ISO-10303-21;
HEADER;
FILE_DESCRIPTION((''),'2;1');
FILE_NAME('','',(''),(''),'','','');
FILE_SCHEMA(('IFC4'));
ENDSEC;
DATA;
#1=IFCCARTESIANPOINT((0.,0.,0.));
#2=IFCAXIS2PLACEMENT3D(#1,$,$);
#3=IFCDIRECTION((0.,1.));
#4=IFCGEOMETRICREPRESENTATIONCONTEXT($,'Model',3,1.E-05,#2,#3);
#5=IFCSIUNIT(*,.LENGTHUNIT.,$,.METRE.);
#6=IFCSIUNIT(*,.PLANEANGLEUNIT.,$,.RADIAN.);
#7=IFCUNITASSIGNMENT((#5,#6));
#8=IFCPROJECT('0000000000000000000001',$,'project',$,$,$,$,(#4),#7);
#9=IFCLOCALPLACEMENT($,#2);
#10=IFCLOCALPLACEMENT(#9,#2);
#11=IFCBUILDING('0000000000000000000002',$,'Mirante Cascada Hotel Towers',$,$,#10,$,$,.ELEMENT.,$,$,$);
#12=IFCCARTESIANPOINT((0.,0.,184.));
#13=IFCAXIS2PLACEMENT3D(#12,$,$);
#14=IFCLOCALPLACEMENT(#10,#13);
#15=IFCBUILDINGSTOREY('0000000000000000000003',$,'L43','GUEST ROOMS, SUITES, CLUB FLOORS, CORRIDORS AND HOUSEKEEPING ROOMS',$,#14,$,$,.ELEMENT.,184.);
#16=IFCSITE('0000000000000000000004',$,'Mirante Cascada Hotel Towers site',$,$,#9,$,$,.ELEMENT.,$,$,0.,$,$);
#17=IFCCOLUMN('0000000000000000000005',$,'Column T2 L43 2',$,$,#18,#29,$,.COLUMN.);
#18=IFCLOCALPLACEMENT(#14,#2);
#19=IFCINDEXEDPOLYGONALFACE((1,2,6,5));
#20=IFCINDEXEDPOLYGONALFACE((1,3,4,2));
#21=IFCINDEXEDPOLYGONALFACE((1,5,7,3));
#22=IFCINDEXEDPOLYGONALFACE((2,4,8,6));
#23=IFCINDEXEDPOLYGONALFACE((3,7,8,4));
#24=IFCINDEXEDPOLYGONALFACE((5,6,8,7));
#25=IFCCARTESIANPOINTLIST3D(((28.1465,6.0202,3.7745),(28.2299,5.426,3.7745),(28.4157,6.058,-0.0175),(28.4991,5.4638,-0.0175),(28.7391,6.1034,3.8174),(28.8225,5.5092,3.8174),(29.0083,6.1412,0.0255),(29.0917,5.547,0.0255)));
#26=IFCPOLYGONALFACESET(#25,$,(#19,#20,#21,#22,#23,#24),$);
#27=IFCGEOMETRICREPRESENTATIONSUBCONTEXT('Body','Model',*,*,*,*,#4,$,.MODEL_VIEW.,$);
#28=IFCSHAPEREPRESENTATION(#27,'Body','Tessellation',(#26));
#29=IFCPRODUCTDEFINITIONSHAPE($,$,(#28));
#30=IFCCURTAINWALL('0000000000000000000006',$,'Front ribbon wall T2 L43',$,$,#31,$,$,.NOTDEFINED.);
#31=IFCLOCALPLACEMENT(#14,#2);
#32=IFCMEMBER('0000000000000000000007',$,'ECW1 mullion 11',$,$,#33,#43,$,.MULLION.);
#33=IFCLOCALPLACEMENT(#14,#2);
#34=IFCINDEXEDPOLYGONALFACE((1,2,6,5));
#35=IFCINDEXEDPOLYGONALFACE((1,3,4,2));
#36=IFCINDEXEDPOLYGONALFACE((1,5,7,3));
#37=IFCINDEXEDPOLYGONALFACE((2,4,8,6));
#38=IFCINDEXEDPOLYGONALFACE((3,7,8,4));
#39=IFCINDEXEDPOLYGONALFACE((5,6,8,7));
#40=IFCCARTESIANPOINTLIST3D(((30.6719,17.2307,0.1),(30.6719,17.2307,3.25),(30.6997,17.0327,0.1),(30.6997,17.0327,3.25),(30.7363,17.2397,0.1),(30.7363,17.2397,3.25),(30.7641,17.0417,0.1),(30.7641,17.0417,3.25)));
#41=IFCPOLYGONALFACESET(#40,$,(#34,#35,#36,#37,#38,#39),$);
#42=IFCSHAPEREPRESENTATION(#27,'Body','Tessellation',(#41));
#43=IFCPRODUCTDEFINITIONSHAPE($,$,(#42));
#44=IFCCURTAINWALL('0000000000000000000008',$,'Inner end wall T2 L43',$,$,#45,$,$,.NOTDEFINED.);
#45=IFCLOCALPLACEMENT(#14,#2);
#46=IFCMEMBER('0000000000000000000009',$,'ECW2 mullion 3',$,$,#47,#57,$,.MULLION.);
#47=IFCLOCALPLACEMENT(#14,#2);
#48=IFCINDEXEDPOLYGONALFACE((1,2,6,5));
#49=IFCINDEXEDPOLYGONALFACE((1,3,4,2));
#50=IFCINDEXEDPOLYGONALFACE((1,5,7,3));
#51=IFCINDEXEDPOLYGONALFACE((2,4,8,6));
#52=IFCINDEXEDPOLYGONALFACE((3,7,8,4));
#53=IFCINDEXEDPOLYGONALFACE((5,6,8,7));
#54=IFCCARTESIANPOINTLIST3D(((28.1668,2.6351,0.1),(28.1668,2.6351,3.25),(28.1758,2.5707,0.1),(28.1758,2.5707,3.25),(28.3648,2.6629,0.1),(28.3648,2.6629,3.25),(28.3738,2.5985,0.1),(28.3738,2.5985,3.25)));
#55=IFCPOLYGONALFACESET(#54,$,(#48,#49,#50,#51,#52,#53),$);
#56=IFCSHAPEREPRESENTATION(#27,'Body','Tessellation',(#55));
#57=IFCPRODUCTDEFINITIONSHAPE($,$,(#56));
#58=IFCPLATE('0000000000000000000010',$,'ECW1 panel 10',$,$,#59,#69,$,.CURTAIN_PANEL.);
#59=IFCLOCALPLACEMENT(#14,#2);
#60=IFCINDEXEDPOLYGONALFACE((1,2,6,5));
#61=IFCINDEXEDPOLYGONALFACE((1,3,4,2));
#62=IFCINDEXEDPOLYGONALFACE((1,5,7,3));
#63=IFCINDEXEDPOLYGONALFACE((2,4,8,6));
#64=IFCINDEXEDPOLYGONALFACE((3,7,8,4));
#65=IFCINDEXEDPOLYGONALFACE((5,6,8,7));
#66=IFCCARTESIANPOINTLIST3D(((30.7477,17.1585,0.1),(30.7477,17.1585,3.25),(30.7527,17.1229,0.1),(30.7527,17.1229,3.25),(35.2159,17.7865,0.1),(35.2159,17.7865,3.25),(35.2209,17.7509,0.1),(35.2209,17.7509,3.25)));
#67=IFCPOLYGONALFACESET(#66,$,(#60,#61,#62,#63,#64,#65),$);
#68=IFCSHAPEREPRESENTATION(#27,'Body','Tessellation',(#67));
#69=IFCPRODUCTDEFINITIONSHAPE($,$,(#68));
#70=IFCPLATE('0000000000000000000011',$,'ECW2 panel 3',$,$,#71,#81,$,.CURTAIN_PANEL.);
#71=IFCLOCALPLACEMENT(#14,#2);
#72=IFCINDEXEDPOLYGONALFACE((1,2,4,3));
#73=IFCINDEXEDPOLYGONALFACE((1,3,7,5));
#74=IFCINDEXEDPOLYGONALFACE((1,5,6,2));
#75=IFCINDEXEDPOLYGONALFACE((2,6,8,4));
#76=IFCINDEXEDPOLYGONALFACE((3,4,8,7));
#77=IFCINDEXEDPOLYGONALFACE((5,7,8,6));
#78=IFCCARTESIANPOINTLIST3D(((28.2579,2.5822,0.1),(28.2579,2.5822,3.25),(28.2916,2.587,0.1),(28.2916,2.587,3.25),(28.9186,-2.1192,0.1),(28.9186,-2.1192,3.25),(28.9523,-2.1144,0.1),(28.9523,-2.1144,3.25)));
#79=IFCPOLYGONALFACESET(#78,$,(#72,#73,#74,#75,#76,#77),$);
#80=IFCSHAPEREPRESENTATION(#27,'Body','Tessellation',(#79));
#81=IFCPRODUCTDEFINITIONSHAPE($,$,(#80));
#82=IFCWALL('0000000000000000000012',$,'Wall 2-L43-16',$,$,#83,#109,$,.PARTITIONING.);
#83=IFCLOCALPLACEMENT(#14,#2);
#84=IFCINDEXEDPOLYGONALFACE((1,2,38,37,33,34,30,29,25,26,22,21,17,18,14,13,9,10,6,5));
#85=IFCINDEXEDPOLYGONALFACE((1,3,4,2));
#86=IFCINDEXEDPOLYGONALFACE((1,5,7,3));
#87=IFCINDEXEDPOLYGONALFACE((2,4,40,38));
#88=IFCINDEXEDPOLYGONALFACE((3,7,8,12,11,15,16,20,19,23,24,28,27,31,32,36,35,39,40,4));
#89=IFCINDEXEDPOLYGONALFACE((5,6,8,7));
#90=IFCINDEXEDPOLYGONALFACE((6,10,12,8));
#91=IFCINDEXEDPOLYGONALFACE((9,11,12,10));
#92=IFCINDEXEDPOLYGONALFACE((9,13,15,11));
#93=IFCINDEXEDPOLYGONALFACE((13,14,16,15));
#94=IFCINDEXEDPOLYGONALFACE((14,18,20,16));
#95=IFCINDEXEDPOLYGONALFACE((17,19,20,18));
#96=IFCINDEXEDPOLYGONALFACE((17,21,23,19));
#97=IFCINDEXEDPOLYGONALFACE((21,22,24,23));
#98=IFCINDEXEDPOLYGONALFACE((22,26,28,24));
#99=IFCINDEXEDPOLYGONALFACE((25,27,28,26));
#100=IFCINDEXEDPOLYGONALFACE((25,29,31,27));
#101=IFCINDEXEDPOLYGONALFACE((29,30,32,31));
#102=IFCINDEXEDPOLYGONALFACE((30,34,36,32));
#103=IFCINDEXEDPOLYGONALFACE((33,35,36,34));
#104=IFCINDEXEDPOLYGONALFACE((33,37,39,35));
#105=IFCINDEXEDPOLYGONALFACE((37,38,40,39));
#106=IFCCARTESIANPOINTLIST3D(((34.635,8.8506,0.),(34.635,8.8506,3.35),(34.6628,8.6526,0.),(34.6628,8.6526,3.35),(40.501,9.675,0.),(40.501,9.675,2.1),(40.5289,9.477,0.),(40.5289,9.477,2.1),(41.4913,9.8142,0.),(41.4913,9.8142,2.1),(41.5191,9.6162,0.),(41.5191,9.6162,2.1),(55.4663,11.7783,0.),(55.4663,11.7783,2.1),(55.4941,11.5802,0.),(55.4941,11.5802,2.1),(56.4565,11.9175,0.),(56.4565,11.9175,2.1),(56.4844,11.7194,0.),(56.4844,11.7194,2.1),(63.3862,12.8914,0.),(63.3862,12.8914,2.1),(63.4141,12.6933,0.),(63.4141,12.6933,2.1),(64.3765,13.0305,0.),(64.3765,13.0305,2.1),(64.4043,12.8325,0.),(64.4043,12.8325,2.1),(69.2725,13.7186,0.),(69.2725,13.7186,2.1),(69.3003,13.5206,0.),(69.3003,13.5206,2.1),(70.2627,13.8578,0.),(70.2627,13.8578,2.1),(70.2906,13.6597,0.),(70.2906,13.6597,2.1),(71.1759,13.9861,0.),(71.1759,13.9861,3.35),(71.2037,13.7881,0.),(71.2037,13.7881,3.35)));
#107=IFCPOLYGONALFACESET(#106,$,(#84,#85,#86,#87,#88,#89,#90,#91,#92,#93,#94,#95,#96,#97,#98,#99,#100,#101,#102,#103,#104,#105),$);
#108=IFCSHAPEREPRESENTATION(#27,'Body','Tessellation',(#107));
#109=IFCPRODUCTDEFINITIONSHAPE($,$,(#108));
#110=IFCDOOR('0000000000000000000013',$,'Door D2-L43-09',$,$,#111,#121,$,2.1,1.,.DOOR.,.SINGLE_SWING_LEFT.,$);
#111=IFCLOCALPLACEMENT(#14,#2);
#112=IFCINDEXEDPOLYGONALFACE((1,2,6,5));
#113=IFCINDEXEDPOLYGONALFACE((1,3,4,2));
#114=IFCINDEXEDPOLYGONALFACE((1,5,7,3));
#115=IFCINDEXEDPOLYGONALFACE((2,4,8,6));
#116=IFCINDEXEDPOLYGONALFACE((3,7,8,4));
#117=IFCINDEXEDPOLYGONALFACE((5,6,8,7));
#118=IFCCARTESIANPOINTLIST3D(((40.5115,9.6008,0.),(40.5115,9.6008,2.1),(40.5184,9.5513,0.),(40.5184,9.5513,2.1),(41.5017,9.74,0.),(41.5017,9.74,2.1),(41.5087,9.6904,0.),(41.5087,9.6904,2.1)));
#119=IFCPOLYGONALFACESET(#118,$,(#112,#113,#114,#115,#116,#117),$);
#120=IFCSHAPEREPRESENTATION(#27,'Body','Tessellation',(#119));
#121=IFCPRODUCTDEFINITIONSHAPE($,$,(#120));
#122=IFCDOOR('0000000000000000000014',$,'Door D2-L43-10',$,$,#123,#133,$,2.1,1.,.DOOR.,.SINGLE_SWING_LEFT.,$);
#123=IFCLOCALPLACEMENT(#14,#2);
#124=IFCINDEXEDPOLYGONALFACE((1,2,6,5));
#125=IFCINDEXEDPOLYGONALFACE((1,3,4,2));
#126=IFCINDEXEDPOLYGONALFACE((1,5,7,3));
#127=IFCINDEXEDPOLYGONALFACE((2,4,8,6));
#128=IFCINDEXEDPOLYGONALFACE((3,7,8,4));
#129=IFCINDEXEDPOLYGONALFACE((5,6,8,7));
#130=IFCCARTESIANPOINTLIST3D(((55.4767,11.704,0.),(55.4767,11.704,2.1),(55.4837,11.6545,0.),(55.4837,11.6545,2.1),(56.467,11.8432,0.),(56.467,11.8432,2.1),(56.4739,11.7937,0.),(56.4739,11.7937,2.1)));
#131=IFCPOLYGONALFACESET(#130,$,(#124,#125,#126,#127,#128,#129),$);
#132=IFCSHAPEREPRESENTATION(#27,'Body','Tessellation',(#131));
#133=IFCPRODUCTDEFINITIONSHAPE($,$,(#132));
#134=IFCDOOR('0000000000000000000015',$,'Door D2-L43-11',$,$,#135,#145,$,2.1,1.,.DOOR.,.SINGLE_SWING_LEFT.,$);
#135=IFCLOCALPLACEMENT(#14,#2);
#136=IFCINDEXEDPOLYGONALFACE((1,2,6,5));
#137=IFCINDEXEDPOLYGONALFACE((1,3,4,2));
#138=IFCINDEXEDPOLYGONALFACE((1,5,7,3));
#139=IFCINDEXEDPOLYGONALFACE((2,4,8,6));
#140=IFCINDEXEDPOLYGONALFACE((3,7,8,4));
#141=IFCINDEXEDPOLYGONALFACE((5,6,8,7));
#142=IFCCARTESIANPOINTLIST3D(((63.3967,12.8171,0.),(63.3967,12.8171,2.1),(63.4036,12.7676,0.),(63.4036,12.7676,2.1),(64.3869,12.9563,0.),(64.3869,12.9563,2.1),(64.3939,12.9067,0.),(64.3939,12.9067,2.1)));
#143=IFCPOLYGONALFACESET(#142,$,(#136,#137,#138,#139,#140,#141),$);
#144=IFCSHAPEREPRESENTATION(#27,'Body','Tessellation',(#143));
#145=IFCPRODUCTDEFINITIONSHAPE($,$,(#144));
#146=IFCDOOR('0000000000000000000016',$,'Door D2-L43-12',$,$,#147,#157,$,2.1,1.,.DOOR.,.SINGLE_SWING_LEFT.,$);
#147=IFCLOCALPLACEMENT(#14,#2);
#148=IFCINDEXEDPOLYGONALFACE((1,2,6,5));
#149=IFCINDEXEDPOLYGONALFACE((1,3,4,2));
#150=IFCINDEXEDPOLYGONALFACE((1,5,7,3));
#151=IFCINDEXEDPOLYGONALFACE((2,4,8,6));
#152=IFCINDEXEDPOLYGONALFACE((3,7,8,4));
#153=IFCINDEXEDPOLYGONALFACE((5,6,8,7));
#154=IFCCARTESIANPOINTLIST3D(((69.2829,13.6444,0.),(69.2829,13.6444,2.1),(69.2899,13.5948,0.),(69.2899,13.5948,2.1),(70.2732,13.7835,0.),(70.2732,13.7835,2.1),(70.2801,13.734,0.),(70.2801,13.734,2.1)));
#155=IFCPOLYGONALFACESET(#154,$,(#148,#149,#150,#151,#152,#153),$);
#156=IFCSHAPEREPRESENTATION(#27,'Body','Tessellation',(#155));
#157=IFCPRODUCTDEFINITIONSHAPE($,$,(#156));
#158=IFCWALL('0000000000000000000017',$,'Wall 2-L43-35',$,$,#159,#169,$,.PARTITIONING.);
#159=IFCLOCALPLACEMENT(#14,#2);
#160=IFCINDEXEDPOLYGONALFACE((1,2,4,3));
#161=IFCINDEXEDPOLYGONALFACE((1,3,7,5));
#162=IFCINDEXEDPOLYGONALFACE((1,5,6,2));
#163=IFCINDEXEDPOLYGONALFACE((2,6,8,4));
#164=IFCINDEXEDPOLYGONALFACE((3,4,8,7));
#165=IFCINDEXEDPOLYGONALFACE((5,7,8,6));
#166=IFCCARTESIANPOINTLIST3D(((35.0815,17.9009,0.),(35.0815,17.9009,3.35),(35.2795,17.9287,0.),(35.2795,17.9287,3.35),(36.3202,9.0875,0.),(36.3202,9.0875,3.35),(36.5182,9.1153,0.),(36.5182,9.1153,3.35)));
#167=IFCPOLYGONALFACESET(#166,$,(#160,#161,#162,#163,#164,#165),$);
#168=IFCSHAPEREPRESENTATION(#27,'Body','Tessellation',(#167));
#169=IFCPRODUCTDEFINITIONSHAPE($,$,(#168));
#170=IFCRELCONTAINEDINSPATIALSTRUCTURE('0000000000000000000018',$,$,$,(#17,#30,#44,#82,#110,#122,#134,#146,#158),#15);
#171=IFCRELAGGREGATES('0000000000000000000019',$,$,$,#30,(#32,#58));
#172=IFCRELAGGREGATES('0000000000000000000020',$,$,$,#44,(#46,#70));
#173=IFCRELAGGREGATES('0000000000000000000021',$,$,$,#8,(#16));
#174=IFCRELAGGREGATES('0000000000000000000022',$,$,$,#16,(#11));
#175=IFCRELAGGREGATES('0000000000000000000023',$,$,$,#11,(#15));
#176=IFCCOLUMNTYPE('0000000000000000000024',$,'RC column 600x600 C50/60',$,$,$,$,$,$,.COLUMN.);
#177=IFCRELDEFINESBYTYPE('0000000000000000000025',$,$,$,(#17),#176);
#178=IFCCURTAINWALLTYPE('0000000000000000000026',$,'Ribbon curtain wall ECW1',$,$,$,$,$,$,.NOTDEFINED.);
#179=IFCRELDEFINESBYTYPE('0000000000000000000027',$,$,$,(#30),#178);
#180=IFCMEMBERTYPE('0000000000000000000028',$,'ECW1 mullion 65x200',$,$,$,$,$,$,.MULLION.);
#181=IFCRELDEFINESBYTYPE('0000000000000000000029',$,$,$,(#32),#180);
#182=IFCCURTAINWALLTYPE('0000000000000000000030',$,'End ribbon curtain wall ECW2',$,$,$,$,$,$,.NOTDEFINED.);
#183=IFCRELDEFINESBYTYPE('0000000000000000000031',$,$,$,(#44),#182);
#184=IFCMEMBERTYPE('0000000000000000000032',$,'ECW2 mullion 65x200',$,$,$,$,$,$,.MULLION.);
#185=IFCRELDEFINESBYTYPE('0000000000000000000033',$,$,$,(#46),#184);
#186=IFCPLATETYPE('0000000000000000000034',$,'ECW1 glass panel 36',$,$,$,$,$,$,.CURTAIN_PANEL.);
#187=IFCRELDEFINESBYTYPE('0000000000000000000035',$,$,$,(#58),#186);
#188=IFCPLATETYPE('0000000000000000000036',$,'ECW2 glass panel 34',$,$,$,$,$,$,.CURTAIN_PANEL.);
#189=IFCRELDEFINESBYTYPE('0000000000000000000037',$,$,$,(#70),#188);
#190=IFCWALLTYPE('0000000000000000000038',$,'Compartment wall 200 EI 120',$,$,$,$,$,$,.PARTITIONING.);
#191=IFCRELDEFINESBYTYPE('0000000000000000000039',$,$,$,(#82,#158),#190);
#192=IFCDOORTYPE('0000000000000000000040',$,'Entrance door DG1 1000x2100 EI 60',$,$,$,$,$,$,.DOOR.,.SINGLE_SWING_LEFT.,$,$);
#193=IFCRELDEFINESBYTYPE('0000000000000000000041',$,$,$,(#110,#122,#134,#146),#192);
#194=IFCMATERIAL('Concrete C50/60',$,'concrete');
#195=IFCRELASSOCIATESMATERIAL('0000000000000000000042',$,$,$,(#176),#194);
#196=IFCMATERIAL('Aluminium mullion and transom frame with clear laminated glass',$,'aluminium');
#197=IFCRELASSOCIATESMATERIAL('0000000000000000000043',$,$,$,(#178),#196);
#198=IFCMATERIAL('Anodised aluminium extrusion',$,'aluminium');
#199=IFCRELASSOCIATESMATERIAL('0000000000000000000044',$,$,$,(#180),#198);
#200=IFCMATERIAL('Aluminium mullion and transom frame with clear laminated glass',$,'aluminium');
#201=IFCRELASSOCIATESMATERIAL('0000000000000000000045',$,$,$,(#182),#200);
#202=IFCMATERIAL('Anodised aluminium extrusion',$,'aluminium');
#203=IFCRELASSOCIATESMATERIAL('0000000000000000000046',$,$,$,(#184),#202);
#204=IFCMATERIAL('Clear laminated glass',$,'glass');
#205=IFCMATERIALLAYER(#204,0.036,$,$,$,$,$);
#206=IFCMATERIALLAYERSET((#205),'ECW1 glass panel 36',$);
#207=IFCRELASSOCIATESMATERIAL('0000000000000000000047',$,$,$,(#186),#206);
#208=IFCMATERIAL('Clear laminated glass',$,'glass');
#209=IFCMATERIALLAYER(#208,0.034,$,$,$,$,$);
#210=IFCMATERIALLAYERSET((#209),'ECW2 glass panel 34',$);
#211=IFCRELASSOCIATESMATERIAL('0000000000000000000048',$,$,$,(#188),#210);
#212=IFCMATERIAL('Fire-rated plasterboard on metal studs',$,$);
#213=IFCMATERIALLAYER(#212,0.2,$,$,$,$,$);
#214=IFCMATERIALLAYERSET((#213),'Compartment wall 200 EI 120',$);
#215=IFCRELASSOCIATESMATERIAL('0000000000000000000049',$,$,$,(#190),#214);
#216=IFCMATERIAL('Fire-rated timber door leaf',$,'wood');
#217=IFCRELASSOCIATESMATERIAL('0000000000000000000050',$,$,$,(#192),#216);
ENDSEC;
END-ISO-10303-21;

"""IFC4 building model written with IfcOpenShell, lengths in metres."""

from ifc_helpers import new_model, si_unit, direction, frame, frame_2d, origin, origin_2d, place, context, subcontext, project, spatial, rectangle, extrude, material, layer, layer_set, material_profile, profile_set, type_object, element, fill, aggregate, save


model = new_model("IFC4")

# Units and contexts
model_context = context("Model", 3, precision=1e-05, world=origin(), true_north=direction((0.0, 1.0)))
body_context = subcontext(model_context, "Body", "Model", "MODEL_VIEW")
ifc_project = project(units=[si_unit("LENGTHUNIT", "METRE"), si_unit("PLANEANGLEUNIT", "RADIAN")], contexts=[model_context])

# Site, building, storey
site_placement = place(None, origin())
site = spatial("IfcSite", under=ifc_project, at=site_placement, Name="Mirante Cascada Hotel Towers site", CompositionType="ELEMENT", RefElevation=0.0)
building_placement = place(site_placement, origin())
building = spatial("IfcBuilding", under=site, at=building_placement, Name="Mirante Cascada Hotel Towers", CompositionType="ELEMENT")
storey_placement = place(building_placement, frame((0.0, 0.0, 184.0)))
storey = spatial("IfcBuildingStorey", under=building, at=storey_placement, Name="L43", Description="GUEST ROOMS, SUITES, CLUB FLOORS, CORRIDORS AND HOUSEKEEPING ROOMS", CompositionType="ELEMENT", Elevation=184.0)

# Column
ifc_material_1 = material(Name="Concrete C50/60", Category="concrete")
ifc_material_profile_1 = material_profile(ifc_material_1, rectangle(XDim=0.6, YDim=0.6, at=origin_2d()), Name="RC column 600x600 C50/60")
ifc_profile_set_1 = profile_set([ifc_material_profile_1], Name="Concrete C50/60")
column_type = type_object("IfcColumnType", Name="RC column 600x600 C50/60", PredefinedType="COLUMN", material=ifc_profile_set_1)
column_placement = place(storey_placement, frame((28.7537, 5.8025, 0.004), z_axis=(-0.07081, -0.009943, 0.99744), x_axis=(0.139052, -0.990285, 0.0)))
element("IfcColumn", 1, at=column_placement, inside=storey, type_object=column_type, Name="Column T2 L43 2", PredefinedType="COLUMN", context=body_context, shape_type="SweptSolid", body=[
    extrude(rectangle(XDim=0.6, YDim=0.6, at=origin_2d()), origin(), (0.0, 0.0, 1.0), 3.8017),
])

# Curtain walls, members
ifc_material_2 = material(Name="Aluminium mullion and transom frame with clear laminated glass", Category="aluminium")
curtain_wall_type_1 = type_object("IfcCurtainWallType", Name="Ribbon curtain wall ECW1", PredefinedType="NOTDEFINED", material=ifc_material_2)
curtain_wall_1_placement = place(storey_placement, origin())
curtain_wall_1 = element("IfcCurtainWall", 2, at=curtain_wall_1_placement, inside=storey, type_object=curtain_wall_type_1, Name="Front ribbon wall T2 L43", PredefinedType="NOTDEFINED")
ifc_material_3 = material(Name="Anodised aluminium extrusion", Category="aluminium")
ifc_material_profile_2 = material_profile(ifc_material_3, rectangle(XDim=0.2, YDim=0.065, at=origin_2d()), Name="ECW1 MULLION 65x200")
ifc_profile_set_2 = profile_set([ifc_material_profile_2], Name="Anodised aluminium extrusion")
member_type_1 = type_object("IfcMemberType", Name="ECW1 mullion 65x200", PredefinedType="MULLION", material=ifc_profile_set_2)
member_1_placement = place(storey_placement, frame((30.718, 17.1362, 0.1), z_axis=(0.0, 0.0, 1.0), x_axis=(0.139173, -0.990268, 0.0)))
member_1 = element("IfcMember", 3, at=member_1_placement, type_object=member_type_1, Name="ECW1 mullion 11", PredefinedType="MULLION", context=body_context, shape_type="SweptSolid", body=[
    extrude(rectangle(XDim=0.2, YDim=0.065, at=origin_2d()), origin(), (0.0, 0.0, 1.0), 3.15),
])
ifc_material_4 = material(Name="Aluminium mullion and transom frame with clear laminated glass", Category="aluminium")
curtain_wall_type_2 = type_object("IfcCurtainWallType", Name="End ribbon curtain wall ECW2", PredefinedType="NOTDEFINED", material=ifc_material_4)
curtain_wall_2_placement = place(storey_placement, origin())
curtain_wall_2 = element("IfcCurtainWall", 4, at=curtain_wall_2_placement, inside=storey, type_object=curtain_wall_type_2, Name="Inner end wall T2 L43", PredefinedType="NOTDEFINED")
ifc_material_5 = material(Name="Anodised aluminium extrusion", Category="aluminium")
ifc_material_profile_3 = material_profile(ifc_material_5, rectangle(XDim=0.2, YDim=0.065, at=origin_2d()), Name="ECW2 MULLION 65x200")
ifc_profile_set_3 = profile_set([ifc_material_profile_3], Name="Anodised aluminium extrusion")
member_type_2 = type_object("IfcMemberType", Name="ECW2 mullion 65x200", PredefinedType="MULLION", material=ifc_profile_set_3)
member_2_placement = place(storey_placement, frame((28.2703, 2.6168, 0.1), z_axis=(0.0, 0.0, 1.0), x_axis=(0.990268, 0.139173, 0.0)))
member_2 = element("IfcMember", 5, at=member_2_placement, type_object=member_type_2, Name="ECW2 mullion 3", PredefinedType="MULLION", context=body_context, shape_type="SweptSolid", body=[
    extrude(rectangle(XDim=0.2, YDim=0.065, at=origin_2d()), origin(), (0.0, 0.0, 1.0), 3.15),
])

# Plates
ifc_material_6 = material(Name="Clear laminated glass", Category="glass")
ifc_layer_1 = layer(ifc_material_6, 0.036)
ifc_layer_set_1 = layer_set([ifc_layer_1], Name="ECW1 glass panel 36")
plate_type_1 = type_object("IfcPlateType", Name="ECW1 glass panel 36", PredefinedType="CURTAIN_PANEL", material=ifc_layer_set_1)
plate_1_placement = place(storey_placement, frame((32.9843, 17.4547, 0.1), z_axis=(0.0, 0.0, 1.0), x_axis=(-0.990268, -0.139173, 0.0)))
plate_1 = element("IfcPlate", 6, at=plate_1_placement, type_object=plate_type_1, Name="ECW1 panel 10", PredefinedType="CURTAIN_PANEL", context=body_context, shape_type="SweptSolid", body=[
    extrude(rectangle(XDim=4.5121, YDim=0.036, at=origin_2d()), origin(), (0.0, 0.0, 1.0), 3.15),
])
aggregate(curtain_wall_1, [member_1, plate_1])
ifc_material_7 = material(Name="Clear laminated glass", Category="glass")
ifc_layer_2 = layer(ifc_material_7, 0.034)
ifc_layer_set_2 = layer_set([ifc_layer_2], Name="ECW2 glass panel 34")
plate_type_2 = type_object("IfcPlateType", Name="ECW2 glass panel 34", PredefinedType="CURTAIN_PANEL", material=ifc_layer_set_2)
plate_2_placement = place(storey_placement, frame((28.6051, 0.2339, 0.1), z_axis=(0.0, 0.0, 1.0), x_axis=(0.139173, -0.990268, 0.0)))
plate_2 = element("IfcPlate", 7, at=plate_2_placement, type_object=plate_type_2, Name="ECW2 panel 3", PredefinedType="CURTAIN_PANEL", context=body_context, shape_type="SweptSolid", body=[
    extrude(rectangle(XDim=4.7476, YDim=0.034, at=origin_2d()), origin(), (0.0, 0.0, 1.0), 3.15),
])
aggregate(curtain_wall_2, [member_2, plate_2])

# Wall, openings, doors
ifc_material_8 = material(Name="Fire-rated plasterboard on metal studs")
ifc_layer_3 = layer(ifc_material_8, 0.2)
ifc_layer_set_3 = layer_set([ifc_layer_3], Name="Compartment wall 200 EI 120")
wall_type_1 = type_object("IfcWallType", Name="Compartment wall 200 EI 120", PredefinedType="PARTITIONING", material=ifc_layer_set_3)
wall_1_placement = place(storey_placement, frame((34.6489, 8.7516, 0.0), z_axis=(0.0, 0.0, 1.0), x_axis=(0.990268, 0.139173, 0.0)))
wall_1 = element("IfcWall", 8, at=wall_1_placement, inside=storey, type_object=wall_type_1, Name="Wall 2-L43-16", PredefinedType="PARTITIONING", context=body_context, shape_type="SweptSolid", body=[
    extrude(rectangle(XDim=36.9, YDim=0.2, at=frame_2d((18.45, 0.0))), origin(), (0.0, 0.0, 1.0), 3.35),
])
opening_1_placement = place(wall_1_placement, frame((5.9237, 0.0, 0.0)))
opening_1 = element("IfcOpeningElement", 9, at=opening_1_placement, cuts=wall_1, PredefinedType="OPENING", context=body_context, shape_type="SweptSolid", body=[
    extrude(rectangle(XDim=1.0, YDim=2.1, at=frame_2d((0.5, 1.05))), frame((0.0, 0.1, 0.0), z_axis=(0.0, -1.0, 0.0), x_axis=(1.0, 0.0, 0.0)), (0.0, 0.0, 1.0), 0.2),
])
opening_2_placement = place(wall_1_placement, frame((21.036, 0.0, 0.0)))
opening_2 = element("IfcOpeningElement", 10, at=opening_2_placement, cuts=wall_1, PredefinedType="OPENING", context=body_context, shape_type="SweptSolid", body=[
    extrude(rectangle(XDim=1.0, YDim=2.1, at=frame_2d((0.5, 1.05))), frame((0.0, 0.1, 0.0), z_axis=(0.0, -1.0, 0.0), x_axis=(1.0, 0.0, 0.0)), (0.0, 0.0, 1.0), 0.2),
])
opening_3_placement = place(wall_1_placement, frame((29.0338, 0.0, 0.0)))
opening_3 = element("IfcOpeningElement", 11, at=opening_3_placement, cuts=wall_1, PredefinedType="OPENING", context=body_context, shape_type="SweptSolid", body=[
    extrude(rectangle(XDim=1.0, YDim=2.1, at=frame_2d((0.5, 1.05))), frame((0.0, 0.1, 0.0), z_axis=(0.0, -1.0, 0.0), x_axis=(1.0, 0.0, 0.0)), (0.0, 0.0, 1.0), 0.2),
])
opening_4_placement = place(wall_1_placement, frame((34.9779, 0.0, 0.0)))
opening_4 = element("IfcOpeningElement", 12, at=opening_4_placement, cuts=wall_1, PredefinedType="OPENING", context=body_context, shape_type="SweptSolid", body=[
    extrude(rectangle(XDim=1.0, YDim=2.1, at=frame_2d((0.5, 1.05))), frame((0.0, 0.1, 0.0), z_axis=(0.0, -1.0, 0.0), x_axis=(1.0, 0.0, 0.0)), (0.0, 0.0, 1.0), 0.2),
])
ifc_material_9 = material(Name="Fire-rated timber door leaf", Category="wood")
door_type_1 = type_object("IfcDoorType", Name="Entrance door DG1 1000x2100 EI 60", OperationType="SINGLE_SWING_LEFT", PredefinedType="DOOR", material=ifc_material_9)
door_1_placement = place(opening_1_placement, origin())
door_1 = element("IfcDoor", 13, at=door_1_placement, inside=storey, type_object=door_type_1, Name="Door D2-L43-09", OperationType="SINGLE_SWING_LEFT", OverallHeight=2.1, OverallWidth=1.0, PredefinedType="DOOR", context=body_context, shape_type="SweptSolid", body=[
    extrude(rectangle(XDim=1.0, YDim=2.1, at=frame_2d((0.5, 1.05))), frame((0.0, 0.025, 0.0), z_axis=(0.0, -1.0, 0.0), x_axis=(1.0, 0.0, 0.0)), (0.0, 0.0, 1.0), 0.05),
])
fill(opening_1, door_1)
door_2_placement = place(opening_2_placement, origin())
door_2 = element("IfcDoor", 14, at=door_2_placement, inside=storey, type_object=door_type_1, Name="Door D2-L43-10", OperationType="SINGLE_SWING_LEFT", OverallHeight=2.1, OverallWidth=1.0, PredefinedType="DOOR", context=body_context, shape_type="SweptSolid", body=[
    extrude(rectangle(XDim=1.0, YDim=2.1, at=frame_2d((0.5, 1.05))), frame((0.0, 0.025, 0.0), z_axis=(0.0, -1.0, 0.0), x_axis=(1.0, 0.0, 0.0)), (0.0, 0.0, 1.0), 0.05),
])
fill(opening_2, door_2)
door_3_placement = place(opening_3_placement, origin())
door_3 = element("IfcDoor", 15, at=door_3_placement, inside=storey, type_object=door_type_1, Name="Door D2-L43-11", OperationType="SINGLE_SWING_LEFT", OverallHeight=2.1, OverallWidth=1.0, PredefinedType="DOOR", context=body_context, shape_type="SweptSolid", body=[
    extrude(rectangle(XDim=1.0, YDim=2.1, at=frame_2d((0.5, 1.05))), frame((0.0, 0.025, 0.0), z_axis=(0.0, -1.0, 0.0), x_axis=(1.0, 0.0, 0.0)), (0.0, 0.0, 1.0), 0.05),
])
fill(opening_3, door_3)
door_4_placement = place(opening_4_placement, origin())
door_4 = element("IfcDoor", 16, at=door_4_placement, inside=storey, type_object=door_type_1, Name="Door D2-L43-12", OperationType="SINGLE_SWING_LEFT", OverallHeight=2.1, OverallWidth=1.0, PredefinedType="DOOR", context=body_context, shape_type="SweptSolid", body=[
    extrude(rectangle(XDim=1.0, YDim=2.1, at=frame_2d((0.5, 1.05))), frame((0.0, 0.025, 0.0), z_axis=(0.0, -1.0, 0.0), x_axis=(1.0, 0.0, 0.0)), (0.0, 0.0, 1.0), 0.05),
])
fill(opening_4, door_4)

# Wall
wall_2_placement = place(storey_placement, frame((35.1805, 17.9148, 0.0), z_axis=(0.0, 0.0, 1.0), x_axis=(0.139179, -0.990267, 0.0)))
element("IfcWall", 17, at=wall_2_placement, inside=storey, type_object=wall_type_1, Name="Wall 2-L43-35", PredefinedType="PARTITIONING", context=body_context, shape_type="SweptSolid", body=[
    extrude(rectangle(XDim=8.9, YDim=0.2, at=frame_2d((4.45, 0.0))), origin(), (0.0, 0.0, 1.0), 3.35),
])

save(model, "model.ifc")
